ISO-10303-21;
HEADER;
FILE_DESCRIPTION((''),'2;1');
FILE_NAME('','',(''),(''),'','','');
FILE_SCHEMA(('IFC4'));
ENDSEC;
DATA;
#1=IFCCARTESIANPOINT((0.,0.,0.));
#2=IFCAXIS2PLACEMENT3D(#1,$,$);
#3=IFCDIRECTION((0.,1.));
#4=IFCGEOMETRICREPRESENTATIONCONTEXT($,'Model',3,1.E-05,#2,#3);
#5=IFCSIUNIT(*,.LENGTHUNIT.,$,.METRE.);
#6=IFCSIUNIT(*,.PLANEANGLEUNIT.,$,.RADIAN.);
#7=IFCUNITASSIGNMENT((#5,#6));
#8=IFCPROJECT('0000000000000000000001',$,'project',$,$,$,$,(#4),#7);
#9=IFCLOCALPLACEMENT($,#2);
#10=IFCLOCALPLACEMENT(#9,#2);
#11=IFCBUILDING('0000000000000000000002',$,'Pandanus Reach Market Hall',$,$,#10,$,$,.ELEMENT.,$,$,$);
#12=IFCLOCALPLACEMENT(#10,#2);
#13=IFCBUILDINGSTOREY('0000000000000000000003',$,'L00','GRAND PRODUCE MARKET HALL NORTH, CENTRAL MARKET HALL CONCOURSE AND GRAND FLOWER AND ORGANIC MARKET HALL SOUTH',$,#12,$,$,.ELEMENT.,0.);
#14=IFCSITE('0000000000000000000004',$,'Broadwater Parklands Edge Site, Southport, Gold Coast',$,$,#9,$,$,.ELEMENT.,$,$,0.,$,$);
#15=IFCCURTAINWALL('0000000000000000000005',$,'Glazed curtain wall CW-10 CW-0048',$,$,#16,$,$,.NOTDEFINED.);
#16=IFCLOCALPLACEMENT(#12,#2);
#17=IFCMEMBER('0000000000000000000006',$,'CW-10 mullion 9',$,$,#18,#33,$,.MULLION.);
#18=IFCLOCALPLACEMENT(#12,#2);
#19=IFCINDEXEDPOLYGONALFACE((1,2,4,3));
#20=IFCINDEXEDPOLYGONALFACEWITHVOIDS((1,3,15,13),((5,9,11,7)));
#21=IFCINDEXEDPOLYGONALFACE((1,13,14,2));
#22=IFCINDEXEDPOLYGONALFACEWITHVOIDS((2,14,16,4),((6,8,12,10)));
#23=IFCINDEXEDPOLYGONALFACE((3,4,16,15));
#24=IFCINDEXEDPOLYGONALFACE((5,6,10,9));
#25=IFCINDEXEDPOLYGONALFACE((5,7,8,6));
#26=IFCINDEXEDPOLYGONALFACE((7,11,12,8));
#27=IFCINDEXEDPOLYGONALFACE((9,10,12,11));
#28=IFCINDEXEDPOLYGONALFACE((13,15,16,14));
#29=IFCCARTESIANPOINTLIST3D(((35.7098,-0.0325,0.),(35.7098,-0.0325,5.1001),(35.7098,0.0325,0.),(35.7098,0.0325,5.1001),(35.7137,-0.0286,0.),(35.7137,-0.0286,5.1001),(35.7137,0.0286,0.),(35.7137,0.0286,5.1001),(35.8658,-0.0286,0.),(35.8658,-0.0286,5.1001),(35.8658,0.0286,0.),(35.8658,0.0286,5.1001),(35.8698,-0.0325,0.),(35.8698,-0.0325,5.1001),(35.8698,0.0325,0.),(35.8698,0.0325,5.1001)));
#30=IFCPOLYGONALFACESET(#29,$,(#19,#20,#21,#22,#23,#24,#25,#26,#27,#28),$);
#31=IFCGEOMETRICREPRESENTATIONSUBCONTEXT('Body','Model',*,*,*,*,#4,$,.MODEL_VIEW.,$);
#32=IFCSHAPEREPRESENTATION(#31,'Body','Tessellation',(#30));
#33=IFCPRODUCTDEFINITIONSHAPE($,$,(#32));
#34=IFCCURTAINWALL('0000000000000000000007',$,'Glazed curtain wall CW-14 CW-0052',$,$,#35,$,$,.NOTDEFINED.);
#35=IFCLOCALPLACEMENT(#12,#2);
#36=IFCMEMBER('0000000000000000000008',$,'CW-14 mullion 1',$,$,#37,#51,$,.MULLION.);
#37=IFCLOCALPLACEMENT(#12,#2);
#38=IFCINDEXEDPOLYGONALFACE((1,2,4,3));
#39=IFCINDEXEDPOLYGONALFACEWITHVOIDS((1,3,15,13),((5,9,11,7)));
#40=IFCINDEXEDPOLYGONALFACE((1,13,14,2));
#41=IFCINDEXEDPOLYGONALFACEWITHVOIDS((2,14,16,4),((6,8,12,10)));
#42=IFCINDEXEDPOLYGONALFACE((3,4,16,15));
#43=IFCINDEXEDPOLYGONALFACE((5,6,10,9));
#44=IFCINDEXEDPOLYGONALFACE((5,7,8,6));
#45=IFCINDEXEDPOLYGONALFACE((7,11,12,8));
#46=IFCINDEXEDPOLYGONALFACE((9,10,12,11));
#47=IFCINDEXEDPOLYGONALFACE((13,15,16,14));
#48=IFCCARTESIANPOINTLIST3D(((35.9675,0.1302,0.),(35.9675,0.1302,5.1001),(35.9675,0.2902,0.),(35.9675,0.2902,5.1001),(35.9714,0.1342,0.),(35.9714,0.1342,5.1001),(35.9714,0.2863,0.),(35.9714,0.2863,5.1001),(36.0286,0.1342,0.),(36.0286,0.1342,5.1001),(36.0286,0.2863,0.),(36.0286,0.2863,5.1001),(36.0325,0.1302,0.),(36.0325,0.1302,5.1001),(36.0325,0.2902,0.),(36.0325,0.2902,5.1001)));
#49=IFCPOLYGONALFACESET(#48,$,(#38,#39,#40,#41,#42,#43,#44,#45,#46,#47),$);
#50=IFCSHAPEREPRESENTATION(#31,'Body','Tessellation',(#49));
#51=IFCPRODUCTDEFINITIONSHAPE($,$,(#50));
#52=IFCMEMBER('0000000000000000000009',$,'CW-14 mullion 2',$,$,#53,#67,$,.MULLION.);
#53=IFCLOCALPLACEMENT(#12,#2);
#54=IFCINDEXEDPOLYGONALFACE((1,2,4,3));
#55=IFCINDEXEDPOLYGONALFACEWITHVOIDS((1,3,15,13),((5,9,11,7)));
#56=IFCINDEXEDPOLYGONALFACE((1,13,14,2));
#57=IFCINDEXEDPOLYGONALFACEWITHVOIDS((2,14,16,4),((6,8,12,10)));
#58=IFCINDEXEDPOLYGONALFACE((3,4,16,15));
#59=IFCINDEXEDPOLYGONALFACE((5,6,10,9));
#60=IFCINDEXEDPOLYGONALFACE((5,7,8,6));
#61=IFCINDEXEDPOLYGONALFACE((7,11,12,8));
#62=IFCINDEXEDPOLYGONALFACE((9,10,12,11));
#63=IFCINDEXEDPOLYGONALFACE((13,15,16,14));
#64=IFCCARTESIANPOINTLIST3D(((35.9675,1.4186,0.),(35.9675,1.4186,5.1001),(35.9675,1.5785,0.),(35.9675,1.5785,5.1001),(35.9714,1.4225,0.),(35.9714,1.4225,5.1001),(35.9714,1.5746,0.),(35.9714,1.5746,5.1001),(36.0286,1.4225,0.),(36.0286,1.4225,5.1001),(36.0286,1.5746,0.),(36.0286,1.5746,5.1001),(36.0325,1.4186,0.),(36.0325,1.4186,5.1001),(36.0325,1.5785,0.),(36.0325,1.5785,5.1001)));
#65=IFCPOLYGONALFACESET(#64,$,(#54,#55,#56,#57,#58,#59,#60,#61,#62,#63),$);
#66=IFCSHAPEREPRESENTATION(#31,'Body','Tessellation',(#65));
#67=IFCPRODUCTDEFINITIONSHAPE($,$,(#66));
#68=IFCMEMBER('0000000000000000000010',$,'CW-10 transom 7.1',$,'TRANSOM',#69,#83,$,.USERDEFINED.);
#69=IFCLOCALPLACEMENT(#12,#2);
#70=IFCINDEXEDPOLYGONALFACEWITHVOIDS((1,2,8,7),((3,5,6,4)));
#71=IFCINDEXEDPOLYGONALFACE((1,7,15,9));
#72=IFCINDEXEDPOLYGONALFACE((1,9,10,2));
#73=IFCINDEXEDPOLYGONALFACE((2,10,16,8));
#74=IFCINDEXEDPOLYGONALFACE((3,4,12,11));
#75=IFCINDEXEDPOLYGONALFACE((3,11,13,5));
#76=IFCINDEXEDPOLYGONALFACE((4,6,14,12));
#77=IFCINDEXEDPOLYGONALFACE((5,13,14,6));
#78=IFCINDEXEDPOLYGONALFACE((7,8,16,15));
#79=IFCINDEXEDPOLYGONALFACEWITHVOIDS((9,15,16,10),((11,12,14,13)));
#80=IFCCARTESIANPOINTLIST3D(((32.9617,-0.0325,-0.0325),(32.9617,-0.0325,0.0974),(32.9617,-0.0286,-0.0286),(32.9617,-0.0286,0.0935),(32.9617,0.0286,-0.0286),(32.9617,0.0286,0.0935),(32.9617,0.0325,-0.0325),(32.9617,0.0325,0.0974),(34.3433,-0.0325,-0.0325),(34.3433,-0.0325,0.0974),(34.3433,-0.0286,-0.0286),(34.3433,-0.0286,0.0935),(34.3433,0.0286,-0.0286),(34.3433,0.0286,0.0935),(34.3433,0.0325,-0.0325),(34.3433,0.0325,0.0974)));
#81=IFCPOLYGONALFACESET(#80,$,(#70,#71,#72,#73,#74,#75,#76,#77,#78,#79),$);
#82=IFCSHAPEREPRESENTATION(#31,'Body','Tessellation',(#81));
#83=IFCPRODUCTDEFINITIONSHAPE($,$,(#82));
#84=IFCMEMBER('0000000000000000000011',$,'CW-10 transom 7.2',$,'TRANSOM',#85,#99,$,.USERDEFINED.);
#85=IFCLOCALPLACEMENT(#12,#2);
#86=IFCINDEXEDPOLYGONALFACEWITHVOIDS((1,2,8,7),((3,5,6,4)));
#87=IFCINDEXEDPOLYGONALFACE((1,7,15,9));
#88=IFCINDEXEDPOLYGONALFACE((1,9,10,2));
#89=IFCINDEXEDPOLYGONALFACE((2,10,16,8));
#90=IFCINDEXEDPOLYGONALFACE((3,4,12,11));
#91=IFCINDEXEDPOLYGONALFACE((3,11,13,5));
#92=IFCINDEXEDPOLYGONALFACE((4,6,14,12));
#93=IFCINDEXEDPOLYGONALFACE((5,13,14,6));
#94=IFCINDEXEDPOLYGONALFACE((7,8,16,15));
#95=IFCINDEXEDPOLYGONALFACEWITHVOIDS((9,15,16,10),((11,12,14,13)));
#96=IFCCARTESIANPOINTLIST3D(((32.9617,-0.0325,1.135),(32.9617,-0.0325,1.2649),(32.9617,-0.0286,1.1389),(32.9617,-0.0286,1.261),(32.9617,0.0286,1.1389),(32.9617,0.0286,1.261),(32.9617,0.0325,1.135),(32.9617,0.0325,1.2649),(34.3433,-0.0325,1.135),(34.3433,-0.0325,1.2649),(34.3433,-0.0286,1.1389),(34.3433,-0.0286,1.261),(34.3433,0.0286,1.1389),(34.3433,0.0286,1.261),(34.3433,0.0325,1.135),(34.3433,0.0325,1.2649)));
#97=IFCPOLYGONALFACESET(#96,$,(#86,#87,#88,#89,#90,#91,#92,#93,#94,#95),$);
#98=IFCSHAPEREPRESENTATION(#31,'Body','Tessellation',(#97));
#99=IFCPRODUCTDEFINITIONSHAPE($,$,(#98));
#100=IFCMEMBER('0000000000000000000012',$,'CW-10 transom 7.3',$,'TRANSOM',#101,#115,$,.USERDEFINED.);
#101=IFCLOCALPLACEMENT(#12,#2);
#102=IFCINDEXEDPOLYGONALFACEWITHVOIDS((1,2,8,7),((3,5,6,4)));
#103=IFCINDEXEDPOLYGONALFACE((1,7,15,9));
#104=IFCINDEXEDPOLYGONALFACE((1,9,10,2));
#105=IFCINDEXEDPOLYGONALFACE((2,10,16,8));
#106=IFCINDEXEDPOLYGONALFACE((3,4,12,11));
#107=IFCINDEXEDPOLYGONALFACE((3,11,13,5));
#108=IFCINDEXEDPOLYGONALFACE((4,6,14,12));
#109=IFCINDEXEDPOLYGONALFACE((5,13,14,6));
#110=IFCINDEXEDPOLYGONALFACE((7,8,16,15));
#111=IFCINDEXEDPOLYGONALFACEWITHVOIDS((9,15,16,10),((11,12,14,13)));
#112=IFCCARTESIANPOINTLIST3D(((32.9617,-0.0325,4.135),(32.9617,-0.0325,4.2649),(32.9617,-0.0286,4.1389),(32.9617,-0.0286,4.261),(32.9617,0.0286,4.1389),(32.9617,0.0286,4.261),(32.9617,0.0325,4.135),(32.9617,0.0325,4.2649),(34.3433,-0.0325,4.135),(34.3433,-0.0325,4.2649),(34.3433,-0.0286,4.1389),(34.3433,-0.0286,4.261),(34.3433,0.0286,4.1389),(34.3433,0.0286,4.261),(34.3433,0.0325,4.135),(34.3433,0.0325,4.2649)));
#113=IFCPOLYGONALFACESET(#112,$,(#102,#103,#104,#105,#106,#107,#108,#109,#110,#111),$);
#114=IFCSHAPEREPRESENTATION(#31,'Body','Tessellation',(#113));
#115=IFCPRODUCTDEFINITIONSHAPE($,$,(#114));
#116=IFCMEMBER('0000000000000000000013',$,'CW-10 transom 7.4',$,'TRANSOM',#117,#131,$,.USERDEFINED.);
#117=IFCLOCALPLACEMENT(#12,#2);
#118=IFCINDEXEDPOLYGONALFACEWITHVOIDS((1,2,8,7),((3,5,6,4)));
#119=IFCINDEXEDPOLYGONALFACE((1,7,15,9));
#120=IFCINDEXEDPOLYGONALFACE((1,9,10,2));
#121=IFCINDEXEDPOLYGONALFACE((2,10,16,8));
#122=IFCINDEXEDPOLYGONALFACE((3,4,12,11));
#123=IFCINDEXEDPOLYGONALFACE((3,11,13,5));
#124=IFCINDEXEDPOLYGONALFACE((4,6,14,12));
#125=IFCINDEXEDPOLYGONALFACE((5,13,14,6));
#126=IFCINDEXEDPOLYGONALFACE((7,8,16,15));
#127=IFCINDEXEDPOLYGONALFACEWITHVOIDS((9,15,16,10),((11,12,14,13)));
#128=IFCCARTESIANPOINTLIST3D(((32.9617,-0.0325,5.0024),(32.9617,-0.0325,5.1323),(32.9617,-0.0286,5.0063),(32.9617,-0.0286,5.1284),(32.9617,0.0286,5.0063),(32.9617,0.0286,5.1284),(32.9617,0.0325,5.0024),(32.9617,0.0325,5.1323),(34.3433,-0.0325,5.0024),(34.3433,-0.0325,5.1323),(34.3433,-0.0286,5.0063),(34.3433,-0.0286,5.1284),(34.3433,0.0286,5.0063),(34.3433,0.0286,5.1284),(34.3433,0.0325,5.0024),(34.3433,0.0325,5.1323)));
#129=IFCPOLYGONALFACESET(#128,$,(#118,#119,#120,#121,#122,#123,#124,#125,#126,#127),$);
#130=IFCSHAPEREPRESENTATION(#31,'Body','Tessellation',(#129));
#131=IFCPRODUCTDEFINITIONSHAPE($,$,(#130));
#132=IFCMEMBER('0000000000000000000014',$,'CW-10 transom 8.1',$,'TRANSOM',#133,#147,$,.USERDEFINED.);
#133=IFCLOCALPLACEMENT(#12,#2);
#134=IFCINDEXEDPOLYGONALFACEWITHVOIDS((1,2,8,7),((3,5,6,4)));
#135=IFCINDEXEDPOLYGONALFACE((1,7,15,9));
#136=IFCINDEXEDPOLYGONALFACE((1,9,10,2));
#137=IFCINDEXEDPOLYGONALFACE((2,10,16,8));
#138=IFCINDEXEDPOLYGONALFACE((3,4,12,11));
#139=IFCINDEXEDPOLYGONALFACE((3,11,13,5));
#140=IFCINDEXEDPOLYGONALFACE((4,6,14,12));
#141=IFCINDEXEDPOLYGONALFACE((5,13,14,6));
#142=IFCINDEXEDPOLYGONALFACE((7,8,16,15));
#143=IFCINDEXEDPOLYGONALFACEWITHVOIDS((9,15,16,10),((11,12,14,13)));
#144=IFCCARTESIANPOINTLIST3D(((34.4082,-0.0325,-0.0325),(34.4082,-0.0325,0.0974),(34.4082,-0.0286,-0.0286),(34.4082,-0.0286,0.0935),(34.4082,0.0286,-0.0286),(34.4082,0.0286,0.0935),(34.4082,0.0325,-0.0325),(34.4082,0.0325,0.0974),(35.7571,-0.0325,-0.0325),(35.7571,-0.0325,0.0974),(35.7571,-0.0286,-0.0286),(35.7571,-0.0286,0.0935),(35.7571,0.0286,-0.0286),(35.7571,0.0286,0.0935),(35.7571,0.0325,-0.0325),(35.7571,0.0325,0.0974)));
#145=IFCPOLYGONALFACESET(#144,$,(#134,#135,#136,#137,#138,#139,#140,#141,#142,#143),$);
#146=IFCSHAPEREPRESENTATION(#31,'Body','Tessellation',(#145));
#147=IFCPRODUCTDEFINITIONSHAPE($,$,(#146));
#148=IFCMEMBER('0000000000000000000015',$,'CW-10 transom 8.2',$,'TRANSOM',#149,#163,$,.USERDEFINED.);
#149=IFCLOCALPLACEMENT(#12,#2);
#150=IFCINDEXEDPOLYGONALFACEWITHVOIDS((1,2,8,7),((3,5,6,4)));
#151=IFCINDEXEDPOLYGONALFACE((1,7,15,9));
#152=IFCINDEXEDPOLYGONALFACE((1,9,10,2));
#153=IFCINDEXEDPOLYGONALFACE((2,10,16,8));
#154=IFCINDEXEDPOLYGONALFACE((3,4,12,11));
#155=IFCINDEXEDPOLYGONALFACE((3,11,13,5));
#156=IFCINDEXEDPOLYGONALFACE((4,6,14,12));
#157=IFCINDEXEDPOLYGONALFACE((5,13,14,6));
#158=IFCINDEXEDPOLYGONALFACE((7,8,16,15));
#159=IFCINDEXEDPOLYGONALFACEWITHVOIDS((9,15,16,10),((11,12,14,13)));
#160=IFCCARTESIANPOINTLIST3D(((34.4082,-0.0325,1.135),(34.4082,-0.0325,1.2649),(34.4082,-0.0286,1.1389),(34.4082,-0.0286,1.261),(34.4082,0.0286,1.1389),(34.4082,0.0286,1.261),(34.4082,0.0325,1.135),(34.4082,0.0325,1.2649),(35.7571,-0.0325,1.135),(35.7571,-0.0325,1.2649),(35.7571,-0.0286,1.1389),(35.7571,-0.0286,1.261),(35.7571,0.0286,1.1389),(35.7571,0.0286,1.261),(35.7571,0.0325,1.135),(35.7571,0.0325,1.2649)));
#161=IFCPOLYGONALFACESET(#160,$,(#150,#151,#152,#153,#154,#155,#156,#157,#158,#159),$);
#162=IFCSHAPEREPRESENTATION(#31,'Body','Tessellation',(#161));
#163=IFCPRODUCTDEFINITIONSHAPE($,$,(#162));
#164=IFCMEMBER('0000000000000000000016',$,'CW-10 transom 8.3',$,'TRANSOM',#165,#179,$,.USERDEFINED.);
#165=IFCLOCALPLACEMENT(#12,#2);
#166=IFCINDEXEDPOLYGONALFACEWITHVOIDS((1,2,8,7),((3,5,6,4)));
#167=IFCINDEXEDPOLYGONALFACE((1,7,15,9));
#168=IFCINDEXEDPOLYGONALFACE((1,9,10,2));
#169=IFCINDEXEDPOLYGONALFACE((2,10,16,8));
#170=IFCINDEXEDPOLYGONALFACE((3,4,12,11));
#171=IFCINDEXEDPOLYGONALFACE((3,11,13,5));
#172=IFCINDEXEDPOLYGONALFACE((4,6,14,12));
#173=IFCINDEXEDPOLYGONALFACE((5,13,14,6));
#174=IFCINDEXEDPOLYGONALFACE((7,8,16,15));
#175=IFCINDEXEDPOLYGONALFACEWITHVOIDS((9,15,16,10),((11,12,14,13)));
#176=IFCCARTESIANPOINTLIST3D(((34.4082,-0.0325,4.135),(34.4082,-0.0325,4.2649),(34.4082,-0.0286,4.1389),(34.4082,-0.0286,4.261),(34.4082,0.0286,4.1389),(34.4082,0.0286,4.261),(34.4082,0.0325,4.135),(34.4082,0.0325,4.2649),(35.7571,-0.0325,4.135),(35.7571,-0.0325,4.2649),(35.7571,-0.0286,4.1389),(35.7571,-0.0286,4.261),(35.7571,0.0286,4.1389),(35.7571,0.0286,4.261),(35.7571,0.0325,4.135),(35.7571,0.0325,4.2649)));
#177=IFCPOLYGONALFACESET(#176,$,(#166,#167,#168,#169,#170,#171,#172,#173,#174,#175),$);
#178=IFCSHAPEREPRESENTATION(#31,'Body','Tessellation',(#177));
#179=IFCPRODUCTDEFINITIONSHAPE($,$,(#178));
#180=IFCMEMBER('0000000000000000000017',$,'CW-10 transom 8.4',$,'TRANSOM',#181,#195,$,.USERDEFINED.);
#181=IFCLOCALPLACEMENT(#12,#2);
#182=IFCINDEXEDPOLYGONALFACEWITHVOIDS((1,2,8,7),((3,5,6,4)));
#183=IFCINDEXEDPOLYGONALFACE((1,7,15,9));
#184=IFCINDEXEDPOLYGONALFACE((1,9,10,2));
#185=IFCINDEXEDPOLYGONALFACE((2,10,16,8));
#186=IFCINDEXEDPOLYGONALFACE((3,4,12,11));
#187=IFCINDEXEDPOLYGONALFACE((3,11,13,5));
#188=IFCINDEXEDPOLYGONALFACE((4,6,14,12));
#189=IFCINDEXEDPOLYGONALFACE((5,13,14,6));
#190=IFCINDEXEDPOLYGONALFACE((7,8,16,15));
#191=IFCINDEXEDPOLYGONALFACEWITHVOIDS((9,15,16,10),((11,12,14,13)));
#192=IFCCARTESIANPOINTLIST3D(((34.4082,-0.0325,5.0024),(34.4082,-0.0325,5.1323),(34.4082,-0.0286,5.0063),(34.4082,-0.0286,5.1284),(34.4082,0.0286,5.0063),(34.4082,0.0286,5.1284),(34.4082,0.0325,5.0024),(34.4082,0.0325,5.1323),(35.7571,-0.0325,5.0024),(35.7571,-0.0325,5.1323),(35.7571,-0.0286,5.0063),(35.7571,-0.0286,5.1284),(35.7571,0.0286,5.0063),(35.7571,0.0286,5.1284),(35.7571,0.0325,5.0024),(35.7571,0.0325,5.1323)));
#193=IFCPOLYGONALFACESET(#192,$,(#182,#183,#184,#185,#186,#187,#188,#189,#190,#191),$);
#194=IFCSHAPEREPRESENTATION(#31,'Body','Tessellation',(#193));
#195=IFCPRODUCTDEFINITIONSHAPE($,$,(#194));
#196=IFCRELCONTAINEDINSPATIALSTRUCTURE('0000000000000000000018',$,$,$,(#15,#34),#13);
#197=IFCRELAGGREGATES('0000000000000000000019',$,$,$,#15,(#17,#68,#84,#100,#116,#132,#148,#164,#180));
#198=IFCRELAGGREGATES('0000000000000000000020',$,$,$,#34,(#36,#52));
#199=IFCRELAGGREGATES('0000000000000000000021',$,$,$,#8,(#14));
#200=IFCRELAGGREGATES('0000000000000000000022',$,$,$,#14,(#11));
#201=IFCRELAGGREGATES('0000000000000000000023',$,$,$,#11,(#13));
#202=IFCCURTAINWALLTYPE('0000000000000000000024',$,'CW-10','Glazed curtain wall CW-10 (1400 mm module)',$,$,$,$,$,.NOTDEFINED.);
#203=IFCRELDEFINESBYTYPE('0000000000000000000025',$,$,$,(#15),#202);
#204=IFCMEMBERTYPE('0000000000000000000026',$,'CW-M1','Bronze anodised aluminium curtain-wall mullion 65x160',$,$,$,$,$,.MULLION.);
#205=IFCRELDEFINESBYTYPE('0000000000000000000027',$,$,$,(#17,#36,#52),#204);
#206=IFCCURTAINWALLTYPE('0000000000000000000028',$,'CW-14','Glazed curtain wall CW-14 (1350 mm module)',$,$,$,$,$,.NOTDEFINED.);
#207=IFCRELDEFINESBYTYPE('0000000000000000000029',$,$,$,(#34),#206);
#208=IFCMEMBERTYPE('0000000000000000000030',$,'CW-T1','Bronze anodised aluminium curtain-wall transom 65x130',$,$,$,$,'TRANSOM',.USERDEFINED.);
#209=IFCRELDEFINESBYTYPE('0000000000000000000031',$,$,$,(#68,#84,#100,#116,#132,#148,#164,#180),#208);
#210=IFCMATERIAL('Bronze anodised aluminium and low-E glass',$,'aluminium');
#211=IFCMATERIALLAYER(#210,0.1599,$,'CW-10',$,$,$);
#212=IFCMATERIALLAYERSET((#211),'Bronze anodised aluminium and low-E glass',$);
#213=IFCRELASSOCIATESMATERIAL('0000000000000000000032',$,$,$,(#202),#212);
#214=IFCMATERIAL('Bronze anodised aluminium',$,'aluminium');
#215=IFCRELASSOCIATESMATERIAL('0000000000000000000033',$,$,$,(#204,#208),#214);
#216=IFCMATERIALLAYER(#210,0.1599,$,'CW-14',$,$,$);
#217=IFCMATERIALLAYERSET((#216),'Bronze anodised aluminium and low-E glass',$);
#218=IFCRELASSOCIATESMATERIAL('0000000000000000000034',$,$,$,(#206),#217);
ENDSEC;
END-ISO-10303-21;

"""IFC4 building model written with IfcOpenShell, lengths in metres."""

from ifc_helpers import new_model, si_unit, direction, frame, origin, origin_2d, place, context, subcontext, project, spatial, hollow_rectangle, extrude, material, layer, layer_set, material_profile, profile_set, type_object, element, aggregate, save


model = new_model("IFC4")

# Units and contexts
model_context = context("Model", 3, precision=1e-05, world=origin(), true_north=direction((0.0, 1.0)))
body_context = subcontext(model_context, "Body", "Model", "MODEL_VIEW")
ifc_project = project(units=[si_unit("LENGTHUNIT", "METRE"), si_unit("PLANEANGLEUNIT", "RADIAN")], contexts=[model_context])

# Site, building, storey
site_placement = place(None, origin())
site = spatial("IfcSite", under=ifc_project, at=site_placement, Name="Broadwater Parklands Edge Site, Southport, Gold Coast", CompositionType="ELEMENT", RefElevation=0.0)
building_placement = place(site_placement, origin())
building = spatial("IfcBuilding", under=site, at=building_placement, Name="Pandanus Reach Market Hall", CompositionType="ELEMENT")
storey_placement = place(building_placement, origin())
storey = spatial("IfcBuildingStorey", under=building, at=storey_placement, Name="L00", Description="GRAND PRODUCE MARKET HALL NORTH, CENTRAL MARKET HALL CONCOURSE AND GRAND FLOWER AND ORGANIC MARKET HALL SOUTH", CompositionType="ELEMENT", Elevation=0.0)

# Curtain walls, members
ifc_material_1 = material(Name="Bronze anodised aluminium and low-E glass", Category="aluminium")
ifc_layer_1 = layer(ifc_material_1, 0.1599, Name="CW-10")
ifc_layer_set_1 = layer_set([ifc_layer_1], Name="Bronze anodised aluminium and low-E glass")
curtain_wall_type_1 = type_object("IfcCurtainWallType", Name="CW-10", Description="Glazed curtain wall CW-10 (1400 mm module)", PredefinedType="NOTDEFINED", material=ifc_layer_set_1)
curtain_wall_1_placement = place(storey_placement, origin())
curtain_wall_1 = element("IfcCurtainWall", 1, at=curtain_wall_1_placement, inside=storey, type_object=curtain_wall_type_1, Name="Glazed curtain wall CW-10 CW-0048", PredefinedType="NOTDEFINED")
ifc_material_2 = material(Name="Bronze anodised aluminium", Category="aluminium")
ifc_material_profile_1 = material_profile(ifc_material_2, hollow_rectangle(XDim=0.0649, YDim=0.1599, WallThickness=0.0039, at=origin_2d()), Name="ALU65x160", Category="LoadBearing")
ifc_profile_set_1 = profile_set([ifc_material_profile_1], Name="Bronze anodised aluminium")
member_type_1 = type_object("IfcMemberType", Name="CW-M1", Description="Bronze anodised aluminium curtain-wall mullion 65x160", PredefinedType="MULLION", material=ifc_profile_set_1)
member_1_placement = place(storey_placement, frame((35.7898, 0.0, 0.0), z_axis=(0.0, 0.0, 1.0), x_axis=(0.0, 1.0, 0.0)))
member_1 = element("IfcMember", 2, at=member_1_placement, type_object=member_type_1, Name="CW-10 mullion 9", PredefinedType="MULLION", context=body_context, shape_type="SweptSolid", body=[
    extrude(hollow_rectangle(XDim=0.0649, YDim=0.1599, WallThickness=0.0039, at=origin_2d()), origin(), (0.0, 0.0, 1.0), 5.1001),
])
ifc_layer_2 = layer(ifc_material_1, 0.1599, Name="CW-14")
ifc_layer_set_2 = layer_set([ifc_layer_2], Name="Bronze anodised aluminium and low-E glass")
curtain_wall_type_2 = type_object("IfcCurtainWallType", Name="CW-14", Description="Glazed curtain wall CW-14 (1350 mm module)", PredefinedType="NOTDEFINED", material=ifc_layer_set_2)
curtain_wall_2_placement = place(storey_placement, origin())
curtain_wall_2 = element("IfcCurtainWall", 3, at=curtain_wall_2_placement, inside=storey, type_object=curtain_wall_type_2, Name="Glazed curtain wall CW-14 CW-0052", PredefinedType="NOTDEFINED")
member_2_placement = place(storey_placement, frame((36.0, 0.2102, 0.0), z_axis=(0.0, 0.0, 1.0), x_axis=(-1.0, 0.0, 0.0)))
member_2 = element("IfcMember", 4, at=member_2_placement, type_object=member_type_1, Name="CW-14 mullion 1", PredefinedType="MULLION", context=body_context, shape_type="SweptSolid", body=[
    extrude(hollow_rectangle(XDim=0.0649, YDim=0.1599, WallThickness=0.0039, at=origin_2d()), origin(), (0.0, 0.0, 1.0), 5.1001),
])
member_3_placement = place(storey_placement, frame((36.0, 1.4985, 0.0), z_axis=(0.0, 0.0, 1.0), x_axis=(-1.0, 0.0, 0.0)))
member_3 = element("IfcMember", 5, at=member_3_placement, type_object=member_type_1, Name="CW-14 mullion 2", PredefinedType="MULLION", context=body_context, shape_type="SweptSolid", body=[
    extrude(hollow_rectangle(XDim=0.0649, YDim=0.1599, WallThickness=0.0039, at=origin_2d()), origin(), (0.0, 0.0, 1.0), 5.1001),
])

# Members
ifc_material_profile_2 = material_profile(ifc_material_2, hollow_rectangle(XDim=0.0649, YDim=0.1299, WallThickness=0.0039, at=origin_2d()), Name="ALU65x130", Category="LoadBearing")
ifc_profile_set_2 = profile_set([ifc_material_profile_2], Name="Bronze anodised aluminium")
member_type_2 = type_object("IfcMemberType", Name="CW-T1", Description="Bronze anodised aluminium curtain-wall transom 65x130", ElementType="TRANSOM", PredefinedType="USERDEFINED", material=ifc_profile_set_2)
member_4_placement = place(storey_placement, frame((32.9617, 0.0, 0.0325), z_axis=(1.0, 0.0, 0.0), x_axis=(0.0, 1.0, 0.0)))
member_4 = element("IfcMember", 6, at=member_4_placement, type_object=member_type_2, Name="CW-10 transom 7.1", ObjectType="TRANSOM", PredefinedType="USERDEFINED", context=body_context, shape_type="SweptSolid", body=[
    extrude(hollow_rectangle(XDim=0.0649, YDim=0.1299, WallThickness=0.0039, at=origin_2d()), origin(), (0.0, 0.0, 1.0), 1.3816),
])
member_5_placement = place(storey_placement, frame((32.9617, 0.0, 1.2), z_axis=(1.0, 0.0, 0.0), x_axis=(0.0, 1.0, 0.0)))
member_5 = element("IfcMember", 7, at=member_5_placement, type_object=member_type_2, Name="CW-10 transom 7.2", ObjectType="TRANSOM", PredefinedType="USERDEFINED", context=body_context, shape_type="SweptSolid", body=[
    extrude(hollow_rectangle(XDim=0.0649, YDim=0.1299, WallThickness=0.0039, at=origin_2d()), origin(), (0.0, 0.0, 1.0), 1.3816),
])
member_6_placement = place(storey_placement, frame((32.9617, 0.0, 4.2), z_axis=(1.0, 0.0, 0.0), x_axis=(0.0, 1.0, 0.0)))
member_6 = element("IfcMember", 8, at=member_6_placement, type_object=member_type_2, Name="CW-10 transom 7.3", ObjectType="TRANSOM", PredefinedType="USERDEFINED", context=body_context, shape_type="SweptSolid", body=[
    extrude(hollow_rectangle(XDim=0.0649, YDim=0.1299, WallThickness=0.0039, at=origin_2d()), origin(), (0.0, 0.0, 1.0), 1.3816),
])
member_7_placement = place(storey_placement, frame((32.9617, 0.0, 5.0674), z_axis=(1.0, 0.0, 0.0), x_axis=(0.0, 1.0, 0.0)))
member_7 = element("IfcMember", 9, at=member_7_placement, type_object=member_type_2, Name="CW-10 transom 7.4", ObjectType="TRANSOM", PredefinedType="USERDEFINED", context=body_context, shape_type="SweptSolid", body=[
    extrude(hollow_rectangle(XDim=0.0649, YDim=0.1299, WallThickness=0.0039, at=origin_2d()), origin(), (0.0, 0.0, 1.0), 1.3816),
])
member_8_placement = place(storey_placement, frame((34.4082, 0.0, 0.0325), z_axis=(1.0, 0.0, 0.0), x_axis=(0.0, 1.0, 0.0)))
member_8 = element("IfcMember", 10, at=member_8_placement, type_object=member_type_2, Name="CW-10 transom 8.1", ObjectType="TRANSOM", PredefinedType="USERDEFINED", context=body_context, shape_type="SweptSolid", body=[
    extrude(hollow_rectangle(XDim=0.0649, YDim=0.1299, WallThickness=0.0039, at=origin_2d()), origin(), (0.0, 0.0, 1.0), 1.3489),
])
member_9_placement = place(storey_placement, frame((34.4082, 0.0, 1.2), z_axis=(1.0, 0.0, 0.0), x_axis=(0.0, 1.0, 0.0)))
member_9 = element("IfcMember", 11, at=member_9_placement, type_object=member_type_2, Name="CW-10 transom 8.2", ObjectType="TRANSOM", PredefinedType="USERDEFINED", context=body_context, shape_type="SweptSolid", body=[
    extrude(hollow_rectangle(XDim=0.0649, YDim=0.1299, WallThickness=0.0039, at=origin_2d()), origin(), (0.0, 0.0, 1.0), 1.3489),
])
member_10_placement = place(storey_placement, frame((34.4082, 0.0, 4.2), z_axis=(1.0, 0.0, 0.0), x_axis=(0.0, 1.0, 0.0)))
member_10 = element("IfcMember", 12, at=member_10_placement, type_object=member_type_2, Name="CW-10 transom 8.3", ObjectType="TRANSOM", PredefinedType="USERDEFINED", context=body_context, shape_type="SweptSolid", body=[
    extrude(hollow_rectangle(XDim=0.0649, YDim=0.1299, WallThickness=0.0039, at=origin_2d()), origin(), (0.0, 0.0, 1.0), 1.3489),
])
member_11_placement = place(storey_placement, frame((34.4082, 0.0, 5.0674), z_axis=(1.0, 0.0, 0.0), x_axis=(0.0, 1.0, 0.0)))
member_11 = element("IfcMember", 13, at=member_11_placement, type_object=member_type_2, Name="CW-10 transom 8.4", ObjectType="TRANSOM", PredefinedType="USERDEFINED", context=body_context, shape_type="SweptSolid", body=[
    extrude(hollow_rectangle(XDim=0.0649, YDim=0.1299, WallThickness=0.0039, at=origin_2d()), origin(), (0.0, 0.0, 1.0), 1.3489),
])

aggregate(curtain_wall_1, [member_1, member_4, member_5, member_6, member_7, member_8, member_9, member_10, member_11])
aggregate(curtain_wall_2, [member_2, member_3])

save(model, "model.ifc")
